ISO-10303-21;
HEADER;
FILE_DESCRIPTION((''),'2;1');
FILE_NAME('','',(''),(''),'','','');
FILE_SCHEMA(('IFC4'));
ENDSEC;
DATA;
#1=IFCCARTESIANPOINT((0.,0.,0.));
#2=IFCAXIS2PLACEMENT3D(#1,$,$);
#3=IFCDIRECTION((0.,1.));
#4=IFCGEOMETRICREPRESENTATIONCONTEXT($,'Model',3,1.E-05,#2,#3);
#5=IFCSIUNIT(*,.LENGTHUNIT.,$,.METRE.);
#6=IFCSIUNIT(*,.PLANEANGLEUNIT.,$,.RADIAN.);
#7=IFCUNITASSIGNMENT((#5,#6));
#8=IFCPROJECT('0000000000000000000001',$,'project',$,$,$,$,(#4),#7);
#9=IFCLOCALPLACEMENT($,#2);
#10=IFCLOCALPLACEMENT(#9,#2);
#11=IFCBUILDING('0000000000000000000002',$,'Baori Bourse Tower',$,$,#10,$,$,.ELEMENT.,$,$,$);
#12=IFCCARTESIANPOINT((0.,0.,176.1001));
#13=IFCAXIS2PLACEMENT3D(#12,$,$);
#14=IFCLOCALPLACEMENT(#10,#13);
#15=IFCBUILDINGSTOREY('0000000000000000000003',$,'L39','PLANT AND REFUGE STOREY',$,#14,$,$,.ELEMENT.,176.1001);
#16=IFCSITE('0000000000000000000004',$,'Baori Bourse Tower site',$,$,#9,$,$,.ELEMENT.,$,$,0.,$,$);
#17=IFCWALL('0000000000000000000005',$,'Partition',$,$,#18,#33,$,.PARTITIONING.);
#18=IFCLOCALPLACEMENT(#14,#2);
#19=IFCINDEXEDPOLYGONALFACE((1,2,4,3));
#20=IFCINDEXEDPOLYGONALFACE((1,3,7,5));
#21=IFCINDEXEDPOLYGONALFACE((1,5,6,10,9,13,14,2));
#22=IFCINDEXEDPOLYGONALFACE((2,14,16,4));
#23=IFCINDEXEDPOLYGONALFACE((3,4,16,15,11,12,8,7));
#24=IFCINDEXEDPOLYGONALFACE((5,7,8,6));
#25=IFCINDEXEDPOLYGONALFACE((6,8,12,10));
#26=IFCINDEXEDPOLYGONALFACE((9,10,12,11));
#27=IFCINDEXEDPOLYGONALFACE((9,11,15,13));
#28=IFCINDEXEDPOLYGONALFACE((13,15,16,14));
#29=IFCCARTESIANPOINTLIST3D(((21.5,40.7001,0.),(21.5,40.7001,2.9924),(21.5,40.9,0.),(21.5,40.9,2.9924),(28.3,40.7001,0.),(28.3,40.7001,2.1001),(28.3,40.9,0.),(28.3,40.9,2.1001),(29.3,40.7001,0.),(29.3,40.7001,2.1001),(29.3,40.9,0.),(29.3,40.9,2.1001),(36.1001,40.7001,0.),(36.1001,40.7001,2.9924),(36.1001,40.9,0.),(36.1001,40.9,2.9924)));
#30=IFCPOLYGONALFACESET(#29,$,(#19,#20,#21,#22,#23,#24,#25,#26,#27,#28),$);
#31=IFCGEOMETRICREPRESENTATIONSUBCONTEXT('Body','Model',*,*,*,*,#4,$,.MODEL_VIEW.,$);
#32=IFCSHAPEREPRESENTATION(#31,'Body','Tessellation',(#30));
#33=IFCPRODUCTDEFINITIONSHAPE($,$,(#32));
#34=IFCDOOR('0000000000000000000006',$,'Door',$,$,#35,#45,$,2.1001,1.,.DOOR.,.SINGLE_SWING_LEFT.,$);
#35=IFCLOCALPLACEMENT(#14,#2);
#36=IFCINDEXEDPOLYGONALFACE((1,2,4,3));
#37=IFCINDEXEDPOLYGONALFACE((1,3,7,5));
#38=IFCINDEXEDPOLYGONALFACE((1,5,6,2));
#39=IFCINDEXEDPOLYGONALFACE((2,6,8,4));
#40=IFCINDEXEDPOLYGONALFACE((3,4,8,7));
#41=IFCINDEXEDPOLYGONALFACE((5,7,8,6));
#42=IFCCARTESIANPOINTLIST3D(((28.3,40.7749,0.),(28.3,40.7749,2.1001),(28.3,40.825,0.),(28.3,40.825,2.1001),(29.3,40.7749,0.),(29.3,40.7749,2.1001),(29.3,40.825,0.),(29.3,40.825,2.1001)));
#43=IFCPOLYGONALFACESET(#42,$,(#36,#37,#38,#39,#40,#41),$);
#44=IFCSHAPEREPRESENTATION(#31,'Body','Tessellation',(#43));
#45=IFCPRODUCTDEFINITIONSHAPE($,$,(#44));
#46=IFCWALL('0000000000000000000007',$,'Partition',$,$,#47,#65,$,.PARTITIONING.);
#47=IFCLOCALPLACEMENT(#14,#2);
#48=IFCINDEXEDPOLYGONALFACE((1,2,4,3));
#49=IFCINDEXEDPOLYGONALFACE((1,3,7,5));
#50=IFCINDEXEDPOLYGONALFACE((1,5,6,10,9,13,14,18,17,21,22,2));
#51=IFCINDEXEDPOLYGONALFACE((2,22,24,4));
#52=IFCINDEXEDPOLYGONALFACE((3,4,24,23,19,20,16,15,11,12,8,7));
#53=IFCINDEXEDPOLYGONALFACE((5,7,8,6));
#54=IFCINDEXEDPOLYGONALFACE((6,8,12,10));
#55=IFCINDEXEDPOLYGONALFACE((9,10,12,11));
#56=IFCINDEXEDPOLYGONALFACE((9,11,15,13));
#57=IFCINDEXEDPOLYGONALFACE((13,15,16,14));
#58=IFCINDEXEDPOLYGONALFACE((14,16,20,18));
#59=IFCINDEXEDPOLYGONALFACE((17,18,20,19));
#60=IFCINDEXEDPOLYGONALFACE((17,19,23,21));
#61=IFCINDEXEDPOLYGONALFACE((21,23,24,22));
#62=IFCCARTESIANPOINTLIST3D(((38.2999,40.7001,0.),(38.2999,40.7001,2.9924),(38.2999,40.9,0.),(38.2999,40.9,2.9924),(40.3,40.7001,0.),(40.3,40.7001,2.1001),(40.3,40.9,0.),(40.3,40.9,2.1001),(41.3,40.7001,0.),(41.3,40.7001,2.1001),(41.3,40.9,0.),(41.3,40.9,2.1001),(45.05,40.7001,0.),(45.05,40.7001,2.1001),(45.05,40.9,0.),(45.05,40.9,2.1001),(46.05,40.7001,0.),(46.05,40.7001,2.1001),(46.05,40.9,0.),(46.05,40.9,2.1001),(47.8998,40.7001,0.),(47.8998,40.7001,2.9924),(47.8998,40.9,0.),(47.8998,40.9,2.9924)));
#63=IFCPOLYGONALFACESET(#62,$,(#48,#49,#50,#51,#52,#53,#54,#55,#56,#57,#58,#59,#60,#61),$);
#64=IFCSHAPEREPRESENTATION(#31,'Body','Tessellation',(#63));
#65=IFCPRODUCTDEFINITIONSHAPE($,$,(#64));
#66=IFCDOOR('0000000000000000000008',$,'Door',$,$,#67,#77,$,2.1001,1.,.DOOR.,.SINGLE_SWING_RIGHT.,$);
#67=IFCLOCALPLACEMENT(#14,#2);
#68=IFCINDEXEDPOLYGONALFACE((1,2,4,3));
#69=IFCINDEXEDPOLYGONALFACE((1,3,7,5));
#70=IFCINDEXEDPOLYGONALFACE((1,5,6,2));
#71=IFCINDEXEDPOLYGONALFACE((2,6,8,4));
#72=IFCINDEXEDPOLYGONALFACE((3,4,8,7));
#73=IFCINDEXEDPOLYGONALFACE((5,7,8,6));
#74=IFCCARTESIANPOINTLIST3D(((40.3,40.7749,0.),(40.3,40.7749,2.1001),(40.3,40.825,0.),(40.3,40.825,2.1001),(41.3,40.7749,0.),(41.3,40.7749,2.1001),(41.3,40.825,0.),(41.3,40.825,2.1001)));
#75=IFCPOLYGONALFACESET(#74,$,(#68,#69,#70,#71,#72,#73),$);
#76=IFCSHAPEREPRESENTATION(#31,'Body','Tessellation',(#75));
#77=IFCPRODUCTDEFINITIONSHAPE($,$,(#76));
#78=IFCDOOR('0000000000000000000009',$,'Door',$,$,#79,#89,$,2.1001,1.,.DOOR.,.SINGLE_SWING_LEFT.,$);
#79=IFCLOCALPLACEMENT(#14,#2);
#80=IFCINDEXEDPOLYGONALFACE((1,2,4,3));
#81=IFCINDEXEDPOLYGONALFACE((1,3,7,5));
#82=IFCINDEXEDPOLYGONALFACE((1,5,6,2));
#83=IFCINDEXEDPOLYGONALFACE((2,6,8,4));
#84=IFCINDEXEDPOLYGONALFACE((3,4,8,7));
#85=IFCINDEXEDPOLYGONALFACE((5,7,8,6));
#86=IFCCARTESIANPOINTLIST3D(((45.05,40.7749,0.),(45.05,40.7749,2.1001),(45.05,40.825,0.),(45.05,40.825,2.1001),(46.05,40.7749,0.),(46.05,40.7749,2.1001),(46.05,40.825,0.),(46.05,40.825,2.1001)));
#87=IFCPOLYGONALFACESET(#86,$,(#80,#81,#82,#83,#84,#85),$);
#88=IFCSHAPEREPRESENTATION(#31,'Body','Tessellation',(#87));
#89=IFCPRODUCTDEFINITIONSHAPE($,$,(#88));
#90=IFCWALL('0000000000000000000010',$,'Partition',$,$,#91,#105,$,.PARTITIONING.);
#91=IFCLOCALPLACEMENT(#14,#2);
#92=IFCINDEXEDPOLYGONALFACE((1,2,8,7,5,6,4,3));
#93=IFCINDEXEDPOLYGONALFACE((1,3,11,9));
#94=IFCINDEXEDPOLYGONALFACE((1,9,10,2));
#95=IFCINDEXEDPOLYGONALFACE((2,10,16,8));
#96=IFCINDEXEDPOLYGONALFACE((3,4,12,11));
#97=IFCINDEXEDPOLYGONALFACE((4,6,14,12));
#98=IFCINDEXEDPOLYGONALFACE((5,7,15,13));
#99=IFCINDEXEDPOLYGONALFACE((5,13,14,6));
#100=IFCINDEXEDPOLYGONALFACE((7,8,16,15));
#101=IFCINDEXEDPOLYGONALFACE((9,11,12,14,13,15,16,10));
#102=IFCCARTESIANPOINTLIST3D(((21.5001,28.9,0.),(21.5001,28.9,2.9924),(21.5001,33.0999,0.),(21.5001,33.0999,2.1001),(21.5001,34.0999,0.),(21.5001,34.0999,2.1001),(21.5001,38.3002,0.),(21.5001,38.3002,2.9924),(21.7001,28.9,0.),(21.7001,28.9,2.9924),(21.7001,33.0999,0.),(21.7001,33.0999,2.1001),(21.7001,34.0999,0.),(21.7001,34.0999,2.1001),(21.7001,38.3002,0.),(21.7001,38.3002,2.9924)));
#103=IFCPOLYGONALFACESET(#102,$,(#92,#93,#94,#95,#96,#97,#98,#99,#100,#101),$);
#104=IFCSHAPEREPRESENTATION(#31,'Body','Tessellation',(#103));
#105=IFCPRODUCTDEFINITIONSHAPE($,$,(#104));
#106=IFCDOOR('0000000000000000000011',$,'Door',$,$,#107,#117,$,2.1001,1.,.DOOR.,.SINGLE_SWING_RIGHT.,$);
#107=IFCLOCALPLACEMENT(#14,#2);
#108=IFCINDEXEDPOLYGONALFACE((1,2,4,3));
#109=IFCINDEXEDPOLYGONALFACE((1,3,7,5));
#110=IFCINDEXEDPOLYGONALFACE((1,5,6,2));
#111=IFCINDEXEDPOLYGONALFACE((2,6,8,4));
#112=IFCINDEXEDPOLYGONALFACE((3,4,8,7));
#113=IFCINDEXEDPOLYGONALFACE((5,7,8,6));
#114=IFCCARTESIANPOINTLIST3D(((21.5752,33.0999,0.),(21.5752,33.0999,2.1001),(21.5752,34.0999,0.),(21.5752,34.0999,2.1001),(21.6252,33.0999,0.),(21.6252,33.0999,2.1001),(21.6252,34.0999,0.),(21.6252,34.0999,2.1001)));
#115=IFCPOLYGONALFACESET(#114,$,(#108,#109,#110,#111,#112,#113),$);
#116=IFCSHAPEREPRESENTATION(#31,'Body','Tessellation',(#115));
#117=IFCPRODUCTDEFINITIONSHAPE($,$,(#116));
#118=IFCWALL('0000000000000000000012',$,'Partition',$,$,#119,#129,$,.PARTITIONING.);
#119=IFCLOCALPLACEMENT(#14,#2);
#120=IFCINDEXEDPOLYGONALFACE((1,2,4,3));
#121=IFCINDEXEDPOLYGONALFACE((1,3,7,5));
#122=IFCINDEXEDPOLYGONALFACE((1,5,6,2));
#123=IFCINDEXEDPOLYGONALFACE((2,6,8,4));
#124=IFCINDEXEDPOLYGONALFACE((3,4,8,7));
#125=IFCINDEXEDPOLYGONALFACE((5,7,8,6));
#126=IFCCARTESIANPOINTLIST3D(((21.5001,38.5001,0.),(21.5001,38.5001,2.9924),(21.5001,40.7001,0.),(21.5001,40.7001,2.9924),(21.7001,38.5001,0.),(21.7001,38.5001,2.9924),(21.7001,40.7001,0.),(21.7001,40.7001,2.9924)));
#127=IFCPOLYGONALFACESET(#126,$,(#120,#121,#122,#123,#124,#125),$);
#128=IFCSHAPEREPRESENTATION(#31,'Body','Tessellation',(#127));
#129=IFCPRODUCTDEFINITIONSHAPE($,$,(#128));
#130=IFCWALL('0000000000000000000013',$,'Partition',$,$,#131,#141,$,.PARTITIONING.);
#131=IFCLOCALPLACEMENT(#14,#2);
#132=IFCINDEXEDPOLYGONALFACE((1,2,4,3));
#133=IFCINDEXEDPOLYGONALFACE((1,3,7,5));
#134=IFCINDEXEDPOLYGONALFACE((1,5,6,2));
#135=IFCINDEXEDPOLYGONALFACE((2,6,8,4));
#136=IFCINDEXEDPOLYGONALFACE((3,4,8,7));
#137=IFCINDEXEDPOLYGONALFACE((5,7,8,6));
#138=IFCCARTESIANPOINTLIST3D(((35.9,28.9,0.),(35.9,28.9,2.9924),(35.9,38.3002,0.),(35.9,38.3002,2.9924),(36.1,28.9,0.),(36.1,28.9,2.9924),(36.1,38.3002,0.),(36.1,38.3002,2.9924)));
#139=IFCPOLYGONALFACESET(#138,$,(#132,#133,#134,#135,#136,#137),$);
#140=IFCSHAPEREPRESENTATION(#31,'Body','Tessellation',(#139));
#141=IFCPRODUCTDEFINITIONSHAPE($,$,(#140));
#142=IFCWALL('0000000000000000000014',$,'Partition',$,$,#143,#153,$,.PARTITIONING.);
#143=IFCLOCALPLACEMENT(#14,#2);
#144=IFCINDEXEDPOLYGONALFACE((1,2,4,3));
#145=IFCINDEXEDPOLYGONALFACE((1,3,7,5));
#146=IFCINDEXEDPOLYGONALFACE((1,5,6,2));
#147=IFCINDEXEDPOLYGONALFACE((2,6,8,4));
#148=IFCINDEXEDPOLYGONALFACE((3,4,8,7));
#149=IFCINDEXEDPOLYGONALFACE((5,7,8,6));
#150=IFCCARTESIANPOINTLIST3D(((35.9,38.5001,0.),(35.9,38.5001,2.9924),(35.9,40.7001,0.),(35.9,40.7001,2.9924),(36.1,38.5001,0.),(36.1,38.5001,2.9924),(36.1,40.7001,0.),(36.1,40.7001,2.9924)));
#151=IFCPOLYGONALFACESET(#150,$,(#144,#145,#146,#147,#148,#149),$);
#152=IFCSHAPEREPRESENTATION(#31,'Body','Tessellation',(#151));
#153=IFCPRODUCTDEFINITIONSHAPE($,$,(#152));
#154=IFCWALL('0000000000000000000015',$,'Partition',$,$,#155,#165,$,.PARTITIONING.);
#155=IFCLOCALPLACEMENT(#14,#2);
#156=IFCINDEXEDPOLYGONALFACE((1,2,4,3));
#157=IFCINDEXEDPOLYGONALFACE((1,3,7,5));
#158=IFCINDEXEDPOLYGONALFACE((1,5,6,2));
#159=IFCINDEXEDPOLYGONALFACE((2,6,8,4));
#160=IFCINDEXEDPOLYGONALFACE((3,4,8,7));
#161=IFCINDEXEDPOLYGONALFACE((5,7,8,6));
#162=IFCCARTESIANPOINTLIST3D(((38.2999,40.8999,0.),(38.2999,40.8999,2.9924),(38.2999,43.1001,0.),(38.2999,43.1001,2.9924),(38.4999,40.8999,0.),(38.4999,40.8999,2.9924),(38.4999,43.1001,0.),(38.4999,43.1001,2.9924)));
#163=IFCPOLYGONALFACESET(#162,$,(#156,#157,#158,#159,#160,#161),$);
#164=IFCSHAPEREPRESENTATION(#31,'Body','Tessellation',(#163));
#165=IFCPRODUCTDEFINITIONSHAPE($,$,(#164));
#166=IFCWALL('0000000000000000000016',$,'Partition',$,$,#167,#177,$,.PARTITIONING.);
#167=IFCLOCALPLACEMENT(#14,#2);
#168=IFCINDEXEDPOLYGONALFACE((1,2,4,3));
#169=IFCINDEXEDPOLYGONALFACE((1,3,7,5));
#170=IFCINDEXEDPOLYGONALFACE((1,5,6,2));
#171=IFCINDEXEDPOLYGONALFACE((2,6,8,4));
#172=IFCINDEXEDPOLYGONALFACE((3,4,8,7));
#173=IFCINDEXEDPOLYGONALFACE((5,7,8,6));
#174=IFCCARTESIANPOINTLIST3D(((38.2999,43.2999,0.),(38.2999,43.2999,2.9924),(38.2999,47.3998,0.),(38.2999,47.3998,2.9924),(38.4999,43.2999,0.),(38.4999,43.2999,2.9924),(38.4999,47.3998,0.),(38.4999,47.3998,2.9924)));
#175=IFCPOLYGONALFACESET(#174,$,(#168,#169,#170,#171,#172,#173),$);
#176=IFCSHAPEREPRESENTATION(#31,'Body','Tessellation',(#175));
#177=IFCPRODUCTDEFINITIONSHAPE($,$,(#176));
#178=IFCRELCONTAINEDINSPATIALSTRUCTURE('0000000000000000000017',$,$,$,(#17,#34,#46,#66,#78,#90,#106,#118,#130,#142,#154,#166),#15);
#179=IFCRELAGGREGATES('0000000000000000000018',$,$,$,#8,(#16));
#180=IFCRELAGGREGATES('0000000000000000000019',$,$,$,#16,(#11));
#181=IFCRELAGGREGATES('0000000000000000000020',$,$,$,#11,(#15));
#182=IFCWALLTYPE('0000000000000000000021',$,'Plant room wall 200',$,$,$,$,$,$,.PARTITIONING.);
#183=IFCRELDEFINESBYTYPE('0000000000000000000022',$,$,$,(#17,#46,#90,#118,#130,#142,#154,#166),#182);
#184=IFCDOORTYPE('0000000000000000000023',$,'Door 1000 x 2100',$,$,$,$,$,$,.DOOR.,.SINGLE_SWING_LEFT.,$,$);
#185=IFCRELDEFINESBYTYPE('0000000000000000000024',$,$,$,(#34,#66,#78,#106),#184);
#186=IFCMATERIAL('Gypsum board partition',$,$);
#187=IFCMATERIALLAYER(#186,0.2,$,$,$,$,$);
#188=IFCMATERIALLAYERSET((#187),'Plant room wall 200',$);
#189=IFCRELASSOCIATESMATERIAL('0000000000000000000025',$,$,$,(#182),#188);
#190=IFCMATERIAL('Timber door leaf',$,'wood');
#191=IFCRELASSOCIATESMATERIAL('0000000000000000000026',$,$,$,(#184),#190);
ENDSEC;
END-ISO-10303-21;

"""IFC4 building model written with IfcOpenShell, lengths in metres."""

from ifc_helpers import new_model, si_unit, direction, frame, frame_2d, origin, place, context, subcontext, project, spatial, rectangle, extrude, material, layer, layer_set, type_object, element, fill, save


model = new_model("IFC4")

# Units and contexts
model_context = context("Model", 3, precision=1e-05, world=origin(), true_north=direction((0.0, 1.0)))
body_context = subcontext(model_context, "Body", "Model", "MODEL_VIEW")
ifc_project = project(units=[si_unit("LENGTHUNIT", "METRE"), si_unit("PLANEANGLEUNIT", "RADIAN")], contexts=[model_context])

# Site, building, storey
site_placement = place(None, origin())
site = spatial("IfcSite", under=ifc_project, at=site_placement, Name="Baori Bourse Tower site", CompositionType="ELEMENT", RefElevation=0.0)
building_placement = place(site_placement, origin())
building = spatial("IfcBuilding", under=site, at=building_placement, Name="Baori Bourse Tower", CompositionType="ELEMENT")
storey_placement = place(building_placement, frame((0.0, 0.0, 176.1001)))
storey = spatial("IfcBuildingStorey", under=building, at=storey_placement, Name="L39", Description="PLANT AND REFUGE STOREY", CompositionType="ELEMENT", Elevation=176.1001)

# Shared definitions
ifc_material_1 = material(Name="Gypsum board partition")
ifc_layer_1 = layer(ifc_material_1, 0.2)
ifc_layer_set_1 = layer_set([ifc_layer_1], Name="Plant room wall 200")
wall_type_1 = type_object("IfcWallType", Name="Plant room wall 200", PredefinedType="PARTITIONING", material=ifc_layer_set_1)

# Wall, opening, door
wall_1_placement = place(storey_placement, frame((21.5, 40.8, 0.0), z_axis=(0.0, 0.0, 1.0), x_axis=(1.0, 0.0, 0.0)))
wall_1 = element("IfcWall", 1, at=wall_1_placement, inside=storey, type_object=wall_type_1, Name="Partition", PredefinedType="PARTITIONING", context=body_context, shape_type="SweptSolid", body=[
    extrude(rectangle(XDim=14.6001, YDim=0.2, at=frame_2d((7.3, 0.0))), origin(), (0.0, 0.0, 1.0), 2.9924),
])
opening_1_placement = place(wall_1_placement, frame((6.8, 0.0, 0.0)))
opening_1 = element("IfcOpeningElement", 2, at=opening_1_placement, cuts=wall_1, PredefinedType="OPENING", context=body_context, shape_type="SweptSolid", body=[
    extrude(rectangle(XDim=1.0, YDim=2.1001, at=frame_2d((0.5, 1.05))), frame((0.0, 0.1099, 0.0), z_axis=(0.0, -1.0, 0.0), x_axis=(1.0, 0.0, 0.0)), (0.0, 0.0, 1.0), 0.22),
])
ifc_material_2 = material(Name="Timber door leaf", Category="wood")
door_type_1 = type_object("IfcDoorType", Name="Door 1000 x 2100", OperationType="SINGLE_SWING_LEFT", PredefinedType="DOOR", material=ifc_material_2)
door_1_placement = place(opening_1_placement, origin())
door_1 = element("IfcDoor", 3, at=door_1_placement, inside=storey, type_object=door_type_1, Name="Door", OperationType="SINGLE_SWING_LEFT", OverallHeight=2.1001, OverallWidth=1.0, PredefinedType="DOOR", context=body_context, shape_type="SweptSolid", body=[
    extrude(rectangle(XDim=1.0, YDim=2.1001, at=frame_2d((0.5, 1.05))), frame((0.0, 0.0249, 0.0), z_axis=(0.0, -1.0, 0.0), x_axis=(1.0, 0.0, 0.0)), (0.0, 0.0, 1.0), 0.05),
])
fill(opening_1, door_1)

# Wall, openings, doors
wall_2_placement = place(storey_placement, frame((38.3, 40.8, 0.0), z_axis=(0.0, 0.0, 1.0), x_axis=(1.0, 0.0, 0.0)))
wall_2 = element("IfcWall", 4, at=wall_2_placement, inside=storey, type_object=wall_type_1, Name="Partition", PredefinedType="PARTITIONING", context=body_context, shape_type="SweptSolid", body=[
    extrude(rectangle(XDim=9.5999, YDim=0.2, at=frame_2d((4.7998, 0.0))), origin(), (0.0, 0.0, 1.0), 2.9924),
])
opening_2_placement = place(wall_2_placement, frame((2.0, 0.0, 0.0)))
opening_2 = element("IfcOpeningElement", 5, at=opening_2_placement, cuts=wall_2, PredefinedType="OPENING", context=body_context, shape_type="SweptSolid", body=[
    extrude(rectangle(XDim=1.0, YDim=2.1001, at=frame_2d((0.5, 1.05))), frame((0.0, 0.1099, 0.0), z_axis=(0.0, -1.0, 0.0), x_axis=(1.0, 0.0, 0.0)), (0.0, 0.0, 1.0), 0.22),
])
opening_3_placement = place(wall_2_placement, frame((6.75, 0.0, 0.0)))
opening_3 = element("IfcOpeningElement", 6, at=opening_3_placement, cuts=wall_2, PredefinedType="OPENING", context=body_context, shape_type="SweptSolid", body=[
    extrude(rectangle(XDim=1.0, YDim=2.1001, at=frame_2d((0.5, 1.05))), frame((0.0, 0.1099, 0.0), z_axis=(0.0, -1.0, 0.0), x_axis=(1.0, 0.0, 0.0)), (0.0, 0.0, 1.0), 0.22),
])
door_2_placement = place(opening_2_placement, origin())
door_2 = element("IfcDoor", 7, at=door_2_placement, inside=storey, type_object=door_type_1, Name="Door", OperationType="SINGLE_SWING_RIGHT", OverallHeight=2.1001, OverallWidth=1.0, PredefinedType="DOOR", context=body_context, shape_type="SweptSolid", body=[
    extrude(rectangle(XDim=1.0, YDim=2.1001, at=frame_2d((0.5, 1.05))), frame((0.0, 0.0249, 0.0), z_axis=(0.0, -1.0, 0.0), x_axis=(1.0, 0.0, 0.0)), (0.0, 0.0, 1.0), 0.05),
])
fill(opening_2, door_2)
door_3_placement = place(opening_3_placement, origin())
door_3 = element("IfcDoor", 8, at=door_3_placement, inside=storey, type_object=door_type_1, Name="Door", OperationType="SINGLE_SWING_LEFT", OverallHeight=2.1001, OverallWidth=1.0, PredefinedType="DOOR", context=body_context, shape_type="SweptSolid", body=[
    extrude(rectangle(XDim=1.0, YDim=2.1001, at=frame_2d((0.5, 1.05))), frame((0.0, 0.0249, 0.0), z_axis=(0.0, -1.0, 0.0), x_axis=(1.0, 0.0, 0.0)), (0.0, 0.0, 1.0), 0.05),
])
fill(opening_3, door_3)

# Wall, opening, door
wall_3_placement = place(storey_placement, frame((21.6001, 28.8999, 0.0), z_axis=(0.0, 0.0, 1.0), x_axis=(0.0, 1.0, 0.0)))
wall_3 = element("IfcWall", 9, at=wall_3_placement, inside=storey, type_object=wall_type_1, Name="Partition", PredefinedType="PARTITIONING", context=body_context, shape_type="SweptSolid", body=[
    extrude(rectangle(XDim=9.4001, YDim=0.2, at=frame_2d((4.7002, 0.0))), origin(), (0.0, 0.0, 1.0), 2.9924),
])
opening_4_placement = place(wall_3_placement, frame((4.2, 0.0, 0.0)))
opening_4 = element("IfcOpeningElement", 10, at=opening_4_placement, cuts=wall_3, PredefinedType="OPENING", context=body_context, shape_type="SweptSolid", body=[
    extrude(rectangle(XDim=1.0, YDim=2.1001, at=frame_2d((0.5, 1.05))), frame((0.0, 0.1099, 0.0), z_axis=(0.0, -1.0, 0.0), x_axis=(1.0, 0.0, 0.0)), (0.0, 0.0, 1.0), 0.22),
])
door_4_placement = place(opening_4_placement, origin())
door_4 = element("IfcDoor", 11, at=door_4_placement, inside=storey, type_object=door_type_1, Name="Door", OperationType="SINGLE_SWING_RIGHT", OverallHeight=2.1001, OverallWidth=1.0, PredefinedType="DOOR", context=body_context, shape_type="SweptSolid", body=[
    extrude(rectangle(XDim=1.0, YDim=2.1001, at=frame_2d((0.5, 1.05))), frame((0.0, 0.0249, 0.0), z_axis=(0.0, -1.0, 0.0), x_axis=(1.0, 0.0, 0.0)), (0.0, 0.0, 1.0), 0.05),
])
fill(opening_4, door_4)

# Walls
wall_4_placement = place(storey_placement, frame((21.6001, 38.5, 0.0), z_axis=(0.0, 0.0, 1.0), x_axis=(0.0, 1.0, 0.0)))
element("IfcWall", 12, at=wall_4_placement, inside=storey, type_object=wall_type_1, Name="Partition", PredefinedType="PARTITIONING", context=body_context, shape_type="SweptSolid", body=[
    extrude(rectangle(XDim=2.2, YDim=0.2, at=frame_2d((1.1001, 0.0))), origin(), (0.0, 0.0, 1.0), 2.9924),
])
wall_5_placement = place(storey_placement, frame((36.0, 28.8999, 0.0), z_axis=(0.0, 0.0, 1.0), x_axis=(0.0, 1.0, 0.0)))
element("IfcWall", 13, at=wall_5_placement, inside=storey, type_object=wall_type_1, Name="Partition", PredefinedType="PARTITIONING", context=body_context, shape_type="SweptSolid", body=[
    extrude(rectangle(XDim=9.4001, YDim=0.2, at=frame_2d((4.7002, 0.0))), origin(), (0.0, 0.0, 1.0), 2.9924),
])
wall_6_placement = place(storey_placement, frame((36.0, 38.5, 0.0), z_axis=(0.0, 0.0, 1.0), x_axis=(0.0, 1.0, 0.0)))
element("IfcWall", 14, at=wall_6_placement, inside=storey, type_object=wall_type_1, Name="Partition", PredefinedType="PARTITIONING", context=body_context, shape_type="SweptSolid", body=[
    extrude(rectangle(XDim=2.2, YDim=0.2, at=frame_2d((1.1001, 0.0))), origin(), (0.0, 0.0, 1.0), 2.9924),
])
wall_7_placement = place(storey_placement, frame((38.3999, 40.8999, 0.0), z_axis=(0.0, 0.0, 1.0), x_axis=(0.0, 1.0, 0.0)))
element("IfcWall", 15, at=wall_7_placement, inside=storey, type_object=wall_type_1, Name="Partition", PredefinedType="PARTITIONING", context=body_context, shape_type="SweptSolid", body=[
    extrude(rectangle(XDim=2.2002, YDim=0.2, at=frame_2d((1.1001, 0.0))), origin(), (0.0, 0.0, 1.0), 2.9924),
])
wall_8_placement = place(storey_placement, frame((38.3999, 43.3, 0.0), z_axis=(0.0, 0.0, 1.0), x_axis=(0.0, 1.0, 0.0)))
element("IfcWall", 16, at=wall_8_placement, inside=storey, type_object=wall_type_1, Name="Partition", PredefinedType="PARTITIONING", context=body_context, shape_type="SweptSolid", body=[
    extrude(rectangle(XDim=4.0999, YDim=0.2, at=frame_2d((2.0498, 0.0))), origin(), (0.0, 0.0, 1.0), 2.9924),
])

save(model, "model.ifc")
